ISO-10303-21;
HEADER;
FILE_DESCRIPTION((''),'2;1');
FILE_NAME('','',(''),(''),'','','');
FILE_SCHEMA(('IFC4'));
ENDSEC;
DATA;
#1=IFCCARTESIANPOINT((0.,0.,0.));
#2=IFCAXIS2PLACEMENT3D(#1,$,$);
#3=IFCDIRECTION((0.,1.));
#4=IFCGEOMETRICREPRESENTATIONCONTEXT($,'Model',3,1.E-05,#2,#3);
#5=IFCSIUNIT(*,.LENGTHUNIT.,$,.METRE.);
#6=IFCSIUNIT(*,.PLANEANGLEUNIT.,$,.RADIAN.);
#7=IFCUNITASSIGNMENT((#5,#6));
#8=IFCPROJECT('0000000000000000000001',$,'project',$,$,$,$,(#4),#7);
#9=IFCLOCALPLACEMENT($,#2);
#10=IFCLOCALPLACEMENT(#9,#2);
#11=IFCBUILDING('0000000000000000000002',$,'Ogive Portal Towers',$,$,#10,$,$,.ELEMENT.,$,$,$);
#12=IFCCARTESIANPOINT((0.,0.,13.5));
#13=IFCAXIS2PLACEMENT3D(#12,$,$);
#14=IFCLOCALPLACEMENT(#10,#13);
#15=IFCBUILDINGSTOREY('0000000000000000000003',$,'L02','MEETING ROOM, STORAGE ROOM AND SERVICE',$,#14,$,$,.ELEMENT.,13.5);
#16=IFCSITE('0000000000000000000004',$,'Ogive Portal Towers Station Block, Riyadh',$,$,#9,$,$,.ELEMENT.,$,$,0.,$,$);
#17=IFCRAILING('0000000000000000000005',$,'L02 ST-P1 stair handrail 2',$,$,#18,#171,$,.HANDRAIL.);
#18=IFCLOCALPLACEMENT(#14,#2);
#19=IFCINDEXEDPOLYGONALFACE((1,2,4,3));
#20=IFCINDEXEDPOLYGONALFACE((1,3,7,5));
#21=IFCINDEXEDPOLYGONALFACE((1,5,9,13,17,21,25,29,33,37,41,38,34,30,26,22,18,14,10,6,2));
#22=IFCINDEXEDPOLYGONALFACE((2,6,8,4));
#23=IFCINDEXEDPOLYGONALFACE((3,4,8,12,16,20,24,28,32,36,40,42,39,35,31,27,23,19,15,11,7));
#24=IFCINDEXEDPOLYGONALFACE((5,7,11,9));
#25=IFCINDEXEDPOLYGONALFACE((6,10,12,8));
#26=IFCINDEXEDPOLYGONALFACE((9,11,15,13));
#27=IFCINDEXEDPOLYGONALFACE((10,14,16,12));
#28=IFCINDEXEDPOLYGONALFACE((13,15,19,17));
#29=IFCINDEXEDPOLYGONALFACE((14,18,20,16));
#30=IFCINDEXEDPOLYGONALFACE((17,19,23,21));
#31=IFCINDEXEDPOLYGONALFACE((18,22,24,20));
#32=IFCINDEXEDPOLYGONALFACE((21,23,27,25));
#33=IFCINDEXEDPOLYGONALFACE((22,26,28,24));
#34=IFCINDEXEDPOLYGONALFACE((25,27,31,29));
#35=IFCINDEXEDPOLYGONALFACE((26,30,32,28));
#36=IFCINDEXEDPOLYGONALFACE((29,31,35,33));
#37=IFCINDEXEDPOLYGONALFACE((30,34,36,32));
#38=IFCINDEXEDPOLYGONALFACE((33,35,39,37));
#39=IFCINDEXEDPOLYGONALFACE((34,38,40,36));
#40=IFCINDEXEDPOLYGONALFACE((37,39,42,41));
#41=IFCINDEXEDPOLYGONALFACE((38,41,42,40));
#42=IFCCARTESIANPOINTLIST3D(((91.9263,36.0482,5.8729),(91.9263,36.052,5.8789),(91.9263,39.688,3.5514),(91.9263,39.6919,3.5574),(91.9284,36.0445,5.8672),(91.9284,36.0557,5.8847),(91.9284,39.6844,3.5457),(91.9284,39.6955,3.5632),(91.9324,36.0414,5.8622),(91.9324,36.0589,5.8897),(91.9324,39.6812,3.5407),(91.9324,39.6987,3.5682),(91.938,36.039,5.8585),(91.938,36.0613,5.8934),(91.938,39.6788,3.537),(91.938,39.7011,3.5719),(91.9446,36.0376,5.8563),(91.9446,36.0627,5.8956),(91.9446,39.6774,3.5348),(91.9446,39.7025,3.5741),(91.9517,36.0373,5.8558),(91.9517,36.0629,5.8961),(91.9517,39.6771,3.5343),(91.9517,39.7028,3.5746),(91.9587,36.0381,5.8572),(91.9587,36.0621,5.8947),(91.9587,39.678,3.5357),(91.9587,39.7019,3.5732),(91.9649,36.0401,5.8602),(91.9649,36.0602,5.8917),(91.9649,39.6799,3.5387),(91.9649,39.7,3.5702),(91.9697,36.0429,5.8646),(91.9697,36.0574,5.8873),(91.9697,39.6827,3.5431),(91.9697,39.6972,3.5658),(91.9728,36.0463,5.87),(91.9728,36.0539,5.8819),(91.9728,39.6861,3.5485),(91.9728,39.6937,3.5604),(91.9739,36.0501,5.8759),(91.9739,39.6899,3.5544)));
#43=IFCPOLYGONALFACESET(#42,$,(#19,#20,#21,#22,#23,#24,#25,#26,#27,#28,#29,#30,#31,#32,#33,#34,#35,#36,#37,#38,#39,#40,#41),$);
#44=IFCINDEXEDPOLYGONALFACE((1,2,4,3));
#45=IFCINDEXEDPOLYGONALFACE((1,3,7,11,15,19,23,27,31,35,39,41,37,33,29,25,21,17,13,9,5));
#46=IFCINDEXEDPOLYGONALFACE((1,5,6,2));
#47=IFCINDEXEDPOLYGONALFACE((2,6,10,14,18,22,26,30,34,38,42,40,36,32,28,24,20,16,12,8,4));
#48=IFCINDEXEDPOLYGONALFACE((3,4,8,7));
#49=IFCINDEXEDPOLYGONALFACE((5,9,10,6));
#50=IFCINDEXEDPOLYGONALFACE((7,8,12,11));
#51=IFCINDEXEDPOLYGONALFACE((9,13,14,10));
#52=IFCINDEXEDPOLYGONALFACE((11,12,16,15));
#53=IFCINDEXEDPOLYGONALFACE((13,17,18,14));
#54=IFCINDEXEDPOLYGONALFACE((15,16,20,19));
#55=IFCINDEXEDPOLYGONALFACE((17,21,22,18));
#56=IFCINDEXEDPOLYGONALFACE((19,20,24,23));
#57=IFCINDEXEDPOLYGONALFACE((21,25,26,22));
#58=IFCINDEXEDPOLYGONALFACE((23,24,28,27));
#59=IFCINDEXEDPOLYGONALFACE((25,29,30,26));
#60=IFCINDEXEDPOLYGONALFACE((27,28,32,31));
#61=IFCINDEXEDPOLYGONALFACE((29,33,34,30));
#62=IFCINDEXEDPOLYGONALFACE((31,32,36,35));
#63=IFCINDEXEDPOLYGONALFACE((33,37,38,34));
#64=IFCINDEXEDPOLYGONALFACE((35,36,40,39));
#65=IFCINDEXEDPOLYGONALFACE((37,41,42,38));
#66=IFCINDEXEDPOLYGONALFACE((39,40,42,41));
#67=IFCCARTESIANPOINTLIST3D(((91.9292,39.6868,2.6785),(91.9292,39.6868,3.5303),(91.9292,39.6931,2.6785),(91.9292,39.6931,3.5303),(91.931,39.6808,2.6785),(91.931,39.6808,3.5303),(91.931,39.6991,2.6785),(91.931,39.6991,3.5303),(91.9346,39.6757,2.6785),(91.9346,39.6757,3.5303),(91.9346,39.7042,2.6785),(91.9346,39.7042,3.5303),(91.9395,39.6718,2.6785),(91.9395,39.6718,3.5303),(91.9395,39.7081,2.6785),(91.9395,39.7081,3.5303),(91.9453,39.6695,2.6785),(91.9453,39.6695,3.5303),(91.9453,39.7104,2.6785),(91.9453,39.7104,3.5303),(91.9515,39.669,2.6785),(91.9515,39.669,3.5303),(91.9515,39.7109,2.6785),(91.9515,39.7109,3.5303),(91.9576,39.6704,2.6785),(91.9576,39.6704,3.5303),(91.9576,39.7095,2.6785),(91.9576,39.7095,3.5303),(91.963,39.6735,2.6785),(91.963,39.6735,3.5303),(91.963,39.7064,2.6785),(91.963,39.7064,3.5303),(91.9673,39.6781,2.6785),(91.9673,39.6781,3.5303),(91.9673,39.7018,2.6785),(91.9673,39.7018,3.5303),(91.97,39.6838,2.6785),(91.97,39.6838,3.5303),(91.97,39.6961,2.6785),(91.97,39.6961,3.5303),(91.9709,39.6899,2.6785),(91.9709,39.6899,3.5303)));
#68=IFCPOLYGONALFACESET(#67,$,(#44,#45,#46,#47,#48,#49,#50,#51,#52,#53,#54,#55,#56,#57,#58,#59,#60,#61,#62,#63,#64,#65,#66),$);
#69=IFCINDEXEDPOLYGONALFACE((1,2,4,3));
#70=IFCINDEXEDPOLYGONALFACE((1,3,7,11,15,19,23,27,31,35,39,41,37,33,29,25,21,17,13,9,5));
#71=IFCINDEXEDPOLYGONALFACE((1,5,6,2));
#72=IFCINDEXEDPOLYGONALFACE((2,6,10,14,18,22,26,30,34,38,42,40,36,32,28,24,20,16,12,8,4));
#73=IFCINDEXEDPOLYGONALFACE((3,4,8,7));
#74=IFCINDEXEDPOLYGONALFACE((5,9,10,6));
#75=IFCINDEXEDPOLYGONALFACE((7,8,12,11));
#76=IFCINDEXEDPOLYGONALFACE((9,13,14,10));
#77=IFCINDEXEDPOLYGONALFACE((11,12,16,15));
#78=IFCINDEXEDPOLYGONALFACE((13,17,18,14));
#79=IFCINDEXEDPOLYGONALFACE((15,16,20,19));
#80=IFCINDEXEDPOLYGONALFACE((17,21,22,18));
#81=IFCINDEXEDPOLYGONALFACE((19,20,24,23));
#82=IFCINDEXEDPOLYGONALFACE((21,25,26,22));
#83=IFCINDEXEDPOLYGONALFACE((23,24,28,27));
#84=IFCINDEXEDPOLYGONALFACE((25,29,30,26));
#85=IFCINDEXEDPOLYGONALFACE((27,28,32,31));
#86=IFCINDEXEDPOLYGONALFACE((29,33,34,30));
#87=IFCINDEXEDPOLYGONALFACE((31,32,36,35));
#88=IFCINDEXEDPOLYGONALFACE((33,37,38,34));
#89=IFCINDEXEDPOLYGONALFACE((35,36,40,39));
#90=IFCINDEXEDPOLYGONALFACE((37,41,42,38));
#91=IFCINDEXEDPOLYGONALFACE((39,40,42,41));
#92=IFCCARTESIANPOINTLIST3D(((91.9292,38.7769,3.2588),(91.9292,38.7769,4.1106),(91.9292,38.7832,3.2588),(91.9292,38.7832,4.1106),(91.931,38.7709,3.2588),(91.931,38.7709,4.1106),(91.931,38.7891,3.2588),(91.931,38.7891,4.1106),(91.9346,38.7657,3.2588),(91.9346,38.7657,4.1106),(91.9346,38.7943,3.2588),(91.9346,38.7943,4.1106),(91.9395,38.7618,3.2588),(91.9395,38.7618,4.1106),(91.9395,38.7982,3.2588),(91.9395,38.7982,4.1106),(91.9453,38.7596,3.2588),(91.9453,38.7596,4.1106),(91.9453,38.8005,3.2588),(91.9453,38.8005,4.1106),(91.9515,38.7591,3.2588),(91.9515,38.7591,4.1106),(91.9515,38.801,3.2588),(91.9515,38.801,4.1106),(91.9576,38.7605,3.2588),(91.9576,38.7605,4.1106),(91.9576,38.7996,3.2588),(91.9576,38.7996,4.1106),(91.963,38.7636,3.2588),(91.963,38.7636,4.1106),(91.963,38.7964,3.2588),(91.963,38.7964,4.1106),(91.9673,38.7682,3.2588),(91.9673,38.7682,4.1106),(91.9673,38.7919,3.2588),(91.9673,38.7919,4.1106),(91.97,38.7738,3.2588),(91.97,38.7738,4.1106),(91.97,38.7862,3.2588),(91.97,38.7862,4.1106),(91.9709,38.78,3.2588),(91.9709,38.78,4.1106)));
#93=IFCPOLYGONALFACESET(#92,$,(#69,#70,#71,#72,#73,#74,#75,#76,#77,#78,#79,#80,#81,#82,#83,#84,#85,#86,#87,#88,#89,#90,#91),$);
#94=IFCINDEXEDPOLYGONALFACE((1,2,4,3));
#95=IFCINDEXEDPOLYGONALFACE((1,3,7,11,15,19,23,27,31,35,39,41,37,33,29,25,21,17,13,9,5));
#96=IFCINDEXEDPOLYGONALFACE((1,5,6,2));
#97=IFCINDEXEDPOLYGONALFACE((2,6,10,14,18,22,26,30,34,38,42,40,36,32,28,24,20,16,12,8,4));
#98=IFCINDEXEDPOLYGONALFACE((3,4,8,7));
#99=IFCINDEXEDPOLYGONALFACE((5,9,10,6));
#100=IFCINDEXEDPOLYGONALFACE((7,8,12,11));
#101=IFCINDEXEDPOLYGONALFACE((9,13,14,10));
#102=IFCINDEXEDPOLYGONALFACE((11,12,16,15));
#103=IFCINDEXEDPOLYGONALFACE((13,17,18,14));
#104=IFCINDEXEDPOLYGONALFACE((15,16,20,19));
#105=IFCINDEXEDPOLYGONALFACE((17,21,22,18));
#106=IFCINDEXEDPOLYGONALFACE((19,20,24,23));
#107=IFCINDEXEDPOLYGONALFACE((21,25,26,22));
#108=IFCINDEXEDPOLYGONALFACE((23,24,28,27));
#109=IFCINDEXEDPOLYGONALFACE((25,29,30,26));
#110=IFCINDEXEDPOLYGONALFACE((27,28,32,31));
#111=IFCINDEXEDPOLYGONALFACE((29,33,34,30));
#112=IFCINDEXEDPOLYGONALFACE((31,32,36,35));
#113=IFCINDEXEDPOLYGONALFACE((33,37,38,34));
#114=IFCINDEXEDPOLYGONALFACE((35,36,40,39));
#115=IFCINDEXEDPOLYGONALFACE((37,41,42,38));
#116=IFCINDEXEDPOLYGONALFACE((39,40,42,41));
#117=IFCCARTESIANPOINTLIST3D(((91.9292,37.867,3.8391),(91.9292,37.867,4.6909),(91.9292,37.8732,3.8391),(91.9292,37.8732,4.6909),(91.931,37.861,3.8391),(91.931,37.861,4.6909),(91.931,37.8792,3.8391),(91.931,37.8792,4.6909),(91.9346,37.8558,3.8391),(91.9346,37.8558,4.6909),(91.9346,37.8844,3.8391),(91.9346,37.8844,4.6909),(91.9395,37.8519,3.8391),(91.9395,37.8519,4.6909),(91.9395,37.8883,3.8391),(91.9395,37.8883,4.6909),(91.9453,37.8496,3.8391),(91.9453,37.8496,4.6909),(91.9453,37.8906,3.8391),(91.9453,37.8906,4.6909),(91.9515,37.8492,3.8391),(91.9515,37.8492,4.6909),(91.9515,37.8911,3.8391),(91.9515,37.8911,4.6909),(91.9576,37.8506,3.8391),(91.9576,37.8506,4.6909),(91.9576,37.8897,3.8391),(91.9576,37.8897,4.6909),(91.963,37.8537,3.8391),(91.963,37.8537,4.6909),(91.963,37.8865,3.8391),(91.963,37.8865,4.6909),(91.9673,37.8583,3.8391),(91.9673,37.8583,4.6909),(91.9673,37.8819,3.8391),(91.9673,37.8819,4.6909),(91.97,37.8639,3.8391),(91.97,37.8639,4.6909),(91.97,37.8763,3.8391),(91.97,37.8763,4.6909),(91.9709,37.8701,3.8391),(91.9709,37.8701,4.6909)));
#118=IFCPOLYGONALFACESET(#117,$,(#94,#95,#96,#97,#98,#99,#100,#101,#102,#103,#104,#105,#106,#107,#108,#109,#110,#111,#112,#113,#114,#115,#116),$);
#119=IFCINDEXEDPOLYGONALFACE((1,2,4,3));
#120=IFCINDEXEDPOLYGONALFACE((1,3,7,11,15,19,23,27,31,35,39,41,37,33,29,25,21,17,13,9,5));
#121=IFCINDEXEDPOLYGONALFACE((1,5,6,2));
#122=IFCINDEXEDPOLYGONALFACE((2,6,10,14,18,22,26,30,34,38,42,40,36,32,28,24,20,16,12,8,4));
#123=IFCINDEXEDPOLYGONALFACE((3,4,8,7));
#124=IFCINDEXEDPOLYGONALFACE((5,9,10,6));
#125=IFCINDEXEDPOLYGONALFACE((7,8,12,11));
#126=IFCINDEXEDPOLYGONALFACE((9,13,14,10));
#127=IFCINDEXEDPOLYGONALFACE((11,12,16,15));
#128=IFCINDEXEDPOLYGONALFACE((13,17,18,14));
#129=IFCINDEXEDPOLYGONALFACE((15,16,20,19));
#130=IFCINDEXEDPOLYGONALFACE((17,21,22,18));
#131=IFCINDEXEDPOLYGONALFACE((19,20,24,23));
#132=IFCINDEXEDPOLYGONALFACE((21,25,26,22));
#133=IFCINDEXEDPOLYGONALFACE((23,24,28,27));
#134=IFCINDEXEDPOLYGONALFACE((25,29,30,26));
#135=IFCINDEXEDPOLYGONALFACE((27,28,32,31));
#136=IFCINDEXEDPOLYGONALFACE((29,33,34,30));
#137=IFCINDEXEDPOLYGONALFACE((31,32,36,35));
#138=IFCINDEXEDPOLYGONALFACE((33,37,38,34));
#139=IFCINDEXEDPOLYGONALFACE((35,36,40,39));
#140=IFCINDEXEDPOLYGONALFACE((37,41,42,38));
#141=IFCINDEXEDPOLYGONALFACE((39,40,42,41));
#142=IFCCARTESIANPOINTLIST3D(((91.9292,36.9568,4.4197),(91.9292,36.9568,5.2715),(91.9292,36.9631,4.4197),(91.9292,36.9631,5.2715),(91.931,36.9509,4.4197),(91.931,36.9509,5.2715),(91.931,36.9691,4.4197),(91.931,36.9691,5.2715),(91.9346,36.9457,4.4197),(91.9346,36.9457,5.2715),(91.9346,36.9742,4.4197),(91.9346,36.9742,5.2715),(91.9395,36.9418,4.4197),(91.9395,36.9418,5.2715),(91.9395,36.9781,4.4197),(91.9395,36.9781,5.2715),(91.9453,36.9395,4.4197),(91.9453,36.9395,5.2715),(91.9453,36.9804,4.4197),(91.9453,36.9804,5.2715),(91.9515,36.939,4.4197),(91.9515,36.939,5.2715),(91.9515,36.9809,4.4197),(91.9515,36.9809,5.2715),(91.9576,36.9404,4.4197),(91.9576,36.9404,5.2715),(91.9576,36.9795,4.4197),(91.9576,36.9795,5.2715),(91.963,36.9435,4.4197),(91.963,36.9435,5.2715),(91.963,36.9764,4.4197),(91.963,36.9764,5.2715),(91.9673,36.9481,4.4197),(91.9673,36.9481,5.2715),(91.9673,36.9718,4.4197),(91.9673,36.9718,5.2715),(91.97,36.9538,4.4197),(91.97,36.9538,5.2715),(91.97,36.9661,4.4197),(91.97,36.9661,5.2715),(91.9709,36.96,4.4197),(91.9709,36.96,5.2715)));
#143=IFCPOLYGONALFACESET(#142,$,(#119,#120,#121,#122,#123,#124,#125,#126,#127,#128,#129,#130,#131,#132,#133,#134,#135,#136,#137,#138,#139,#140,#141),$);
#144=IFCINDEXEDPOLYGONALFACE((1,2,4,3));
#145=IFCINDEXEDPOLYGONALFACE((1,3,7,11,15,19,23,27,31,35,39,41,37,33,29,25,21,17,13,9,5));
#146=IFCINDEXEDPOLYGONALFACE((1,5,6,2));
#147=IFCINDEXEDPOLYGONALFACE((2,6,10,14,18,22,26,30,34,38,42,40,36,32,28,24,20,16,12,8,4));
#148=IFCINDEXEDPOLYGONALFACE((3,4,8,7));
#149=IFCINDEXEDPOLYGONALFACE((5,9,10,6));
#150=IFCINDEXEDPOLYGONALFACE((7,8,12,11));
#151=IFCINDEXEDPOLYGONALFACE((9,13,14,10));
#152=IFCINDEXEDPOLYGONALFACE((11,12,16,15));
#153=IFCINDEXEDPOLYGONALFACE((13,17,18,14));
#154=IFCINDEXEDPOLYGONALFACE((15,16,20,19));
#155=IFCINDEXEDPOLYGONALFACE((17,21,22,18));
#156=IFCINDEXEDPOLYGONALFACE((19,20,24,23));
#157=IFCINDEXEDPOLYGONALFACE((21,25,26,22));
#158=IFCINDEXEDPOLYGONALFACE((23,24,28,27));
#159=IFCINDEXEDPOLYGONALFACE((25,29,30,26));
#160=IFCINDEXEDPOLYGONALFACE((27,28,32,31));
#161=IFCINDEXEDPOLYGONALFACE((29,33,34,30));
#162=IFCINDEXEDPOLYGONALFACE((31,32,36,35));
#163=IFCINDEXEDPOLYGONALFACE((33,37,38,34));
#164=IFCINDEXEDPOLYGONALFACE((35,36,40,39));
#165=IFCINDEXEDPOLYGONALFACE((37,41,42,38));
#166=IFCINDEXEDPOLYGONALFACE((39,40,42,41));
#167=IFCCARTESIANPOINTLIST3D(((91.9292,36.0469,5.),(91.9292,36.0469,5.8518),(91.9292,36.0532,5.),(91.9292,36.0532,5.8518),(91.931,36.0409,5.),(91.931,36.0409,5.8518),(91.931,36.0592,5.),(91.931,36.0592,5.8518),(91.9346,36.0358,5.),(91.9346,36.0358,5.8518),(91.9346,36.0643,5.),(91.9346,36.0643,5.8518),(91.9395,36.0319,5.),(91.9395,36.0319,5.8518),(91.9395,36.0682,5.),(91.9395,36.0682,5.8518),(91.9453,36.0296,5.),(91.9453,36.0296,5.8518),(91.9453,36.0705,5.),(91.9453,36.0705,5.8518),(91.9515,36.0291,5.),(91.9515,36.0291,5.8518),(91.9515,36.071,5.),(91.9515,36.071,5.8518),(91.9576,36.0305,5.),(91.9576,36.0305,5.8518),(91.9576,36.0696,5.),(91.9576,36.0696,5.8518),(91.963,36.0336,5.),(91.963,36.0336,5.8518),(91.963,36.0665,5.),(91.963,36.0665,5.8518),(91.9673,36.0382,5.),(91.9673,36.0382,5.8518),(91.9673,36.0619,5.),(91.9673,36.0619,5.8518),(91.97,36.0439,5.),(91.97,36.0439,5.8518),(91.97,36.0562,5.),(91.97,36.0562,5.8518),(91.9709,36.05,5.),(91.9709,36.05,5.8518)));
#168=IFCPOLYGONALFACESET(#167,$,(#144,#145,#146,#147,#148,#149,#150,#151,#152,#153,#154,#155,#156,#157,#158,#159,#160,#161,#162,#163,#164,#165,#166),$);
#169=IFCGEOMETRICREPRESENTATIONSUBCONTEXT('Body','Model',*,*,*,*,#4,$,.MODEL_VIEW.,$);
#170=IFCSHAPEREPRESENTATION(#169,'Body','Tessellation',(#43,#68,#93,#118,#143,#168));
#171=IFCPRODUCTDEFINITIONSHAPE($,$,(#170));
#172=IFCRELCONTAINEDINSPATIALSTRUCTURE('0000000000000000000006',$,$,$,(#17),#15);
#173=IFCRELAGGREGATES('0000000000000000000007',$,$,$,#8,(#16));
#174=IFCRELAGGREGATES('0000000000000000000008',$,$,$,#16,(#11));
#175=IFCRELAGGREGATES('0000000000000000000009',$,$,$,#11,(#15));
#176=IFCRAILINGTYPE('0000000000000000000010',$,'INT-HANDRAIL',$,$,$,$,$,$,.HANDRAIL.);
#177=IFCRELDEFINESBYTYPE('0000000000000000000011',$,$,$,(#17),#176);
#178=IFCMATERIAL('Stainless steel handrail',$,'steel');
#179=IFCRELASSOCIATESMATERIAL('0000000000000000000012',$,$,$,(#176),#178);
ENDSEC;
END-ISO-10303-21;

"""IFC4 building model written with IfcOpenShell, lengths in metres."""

from ifc_helpers import new_model, si_unit, direction, frame, origin, origin_2d, place, context, subcontext, project, spatial, circle, extrude, material, type_object, element, save


model = new_model("IFC4")

# Units and contexts
model_context = context("Model", 3, precision=1e-05, world=origin(), true_north=direction((0.0, 1.0)))
body_context = subcontext(model_context, "Body", "Model", "MODEL_VIEW")
ifc_project = project(units=[si_unit("LENGTHUNIT", "METRE"), si_unit("PLANEANGLEUNIT", "RADIAN")], contexts=[model_context])

# Site, building, storey
site_placement = place(None, origin())
site = spatial("IfcSite", under=ifc_project, at=site_placement, Name="Ogive Portal Towers Station Block, Riyadh", CompositionType="ELEMENT", RefElevation=0.0)
building_placement = place(site_placement, origin())
building = spatial("IfcBuilding", under=site, at=building_placement, Name="Ogive Portal Towers", CompositionType="ELEMENT")
storey_placement = place(building_placement, frame((0.0, 0.0, 13.5)))
storey = spatial("IfcBuildingStorey", under=building, at=storey_placement, Name="L02", Description="MEETING ROOM, STORAGE ROOM AND SERVICE", CompositionType="ELEMENT", Elevation=13.5)

# Railing
ifc_material_1 = material(Name="Stainless steel handrail", Category="steel")
railing_type_1 = type_object("IfcRailingType", Name="INT-HANDRAIL", PredefinedType="HANDRAIL", material=ifc_material_1)
railing_1_placement = place(storey_placement, frame((91.95, 39.6899, 2.6785)))
element("IfcRailing", 1, at=railing_1_placement, inside=storey, type_object=railing_type_1, Name="L02 ST-P1 stair handrail 2", PredefinedType="HANDRAIL", context=body_context, shape_type="SweptSolid", body=[
    extrude(circle(Radius=0.0239, at=origin_2d()), frame((0.0, 0.0, 0.876), z_axis=(0.0, -0.843112, 0.537739), x_axis=(1.0, 0.0, 0.0)), (0.0, 0.0, 1.0), 4.3171),
    extrude(circle(Radius=0.021, at=origin_2d()), origin(), (0.0, 0.0, 1.0), 0.8518),
    extrude(circle(Radius=0.021, at=origin_2d()), frame((0.0, -0.9099, 0.5803)), (0.0, 0.0, 1.0), 0.8518),
    extrude(circle(Radius=0.021, at=origin_2d()), frame((0.0, -1.8198, 1.1606)), (0.0, 0.0, 1.0), 0.8518),
    extrude(circle(Radius=0.021, at=origin_2d()), frame((0.0, -2.73, 1.7412)), (0.0, 0.0, 1.0), 0.8518),
    extrude(circle(Radius=0.021, at=origin_2d()), frame((0.0, -3.6399, 2.3215)), (0.0, 0.0, 1.0), 0.8518),
])

save(model, "model.ifc")
